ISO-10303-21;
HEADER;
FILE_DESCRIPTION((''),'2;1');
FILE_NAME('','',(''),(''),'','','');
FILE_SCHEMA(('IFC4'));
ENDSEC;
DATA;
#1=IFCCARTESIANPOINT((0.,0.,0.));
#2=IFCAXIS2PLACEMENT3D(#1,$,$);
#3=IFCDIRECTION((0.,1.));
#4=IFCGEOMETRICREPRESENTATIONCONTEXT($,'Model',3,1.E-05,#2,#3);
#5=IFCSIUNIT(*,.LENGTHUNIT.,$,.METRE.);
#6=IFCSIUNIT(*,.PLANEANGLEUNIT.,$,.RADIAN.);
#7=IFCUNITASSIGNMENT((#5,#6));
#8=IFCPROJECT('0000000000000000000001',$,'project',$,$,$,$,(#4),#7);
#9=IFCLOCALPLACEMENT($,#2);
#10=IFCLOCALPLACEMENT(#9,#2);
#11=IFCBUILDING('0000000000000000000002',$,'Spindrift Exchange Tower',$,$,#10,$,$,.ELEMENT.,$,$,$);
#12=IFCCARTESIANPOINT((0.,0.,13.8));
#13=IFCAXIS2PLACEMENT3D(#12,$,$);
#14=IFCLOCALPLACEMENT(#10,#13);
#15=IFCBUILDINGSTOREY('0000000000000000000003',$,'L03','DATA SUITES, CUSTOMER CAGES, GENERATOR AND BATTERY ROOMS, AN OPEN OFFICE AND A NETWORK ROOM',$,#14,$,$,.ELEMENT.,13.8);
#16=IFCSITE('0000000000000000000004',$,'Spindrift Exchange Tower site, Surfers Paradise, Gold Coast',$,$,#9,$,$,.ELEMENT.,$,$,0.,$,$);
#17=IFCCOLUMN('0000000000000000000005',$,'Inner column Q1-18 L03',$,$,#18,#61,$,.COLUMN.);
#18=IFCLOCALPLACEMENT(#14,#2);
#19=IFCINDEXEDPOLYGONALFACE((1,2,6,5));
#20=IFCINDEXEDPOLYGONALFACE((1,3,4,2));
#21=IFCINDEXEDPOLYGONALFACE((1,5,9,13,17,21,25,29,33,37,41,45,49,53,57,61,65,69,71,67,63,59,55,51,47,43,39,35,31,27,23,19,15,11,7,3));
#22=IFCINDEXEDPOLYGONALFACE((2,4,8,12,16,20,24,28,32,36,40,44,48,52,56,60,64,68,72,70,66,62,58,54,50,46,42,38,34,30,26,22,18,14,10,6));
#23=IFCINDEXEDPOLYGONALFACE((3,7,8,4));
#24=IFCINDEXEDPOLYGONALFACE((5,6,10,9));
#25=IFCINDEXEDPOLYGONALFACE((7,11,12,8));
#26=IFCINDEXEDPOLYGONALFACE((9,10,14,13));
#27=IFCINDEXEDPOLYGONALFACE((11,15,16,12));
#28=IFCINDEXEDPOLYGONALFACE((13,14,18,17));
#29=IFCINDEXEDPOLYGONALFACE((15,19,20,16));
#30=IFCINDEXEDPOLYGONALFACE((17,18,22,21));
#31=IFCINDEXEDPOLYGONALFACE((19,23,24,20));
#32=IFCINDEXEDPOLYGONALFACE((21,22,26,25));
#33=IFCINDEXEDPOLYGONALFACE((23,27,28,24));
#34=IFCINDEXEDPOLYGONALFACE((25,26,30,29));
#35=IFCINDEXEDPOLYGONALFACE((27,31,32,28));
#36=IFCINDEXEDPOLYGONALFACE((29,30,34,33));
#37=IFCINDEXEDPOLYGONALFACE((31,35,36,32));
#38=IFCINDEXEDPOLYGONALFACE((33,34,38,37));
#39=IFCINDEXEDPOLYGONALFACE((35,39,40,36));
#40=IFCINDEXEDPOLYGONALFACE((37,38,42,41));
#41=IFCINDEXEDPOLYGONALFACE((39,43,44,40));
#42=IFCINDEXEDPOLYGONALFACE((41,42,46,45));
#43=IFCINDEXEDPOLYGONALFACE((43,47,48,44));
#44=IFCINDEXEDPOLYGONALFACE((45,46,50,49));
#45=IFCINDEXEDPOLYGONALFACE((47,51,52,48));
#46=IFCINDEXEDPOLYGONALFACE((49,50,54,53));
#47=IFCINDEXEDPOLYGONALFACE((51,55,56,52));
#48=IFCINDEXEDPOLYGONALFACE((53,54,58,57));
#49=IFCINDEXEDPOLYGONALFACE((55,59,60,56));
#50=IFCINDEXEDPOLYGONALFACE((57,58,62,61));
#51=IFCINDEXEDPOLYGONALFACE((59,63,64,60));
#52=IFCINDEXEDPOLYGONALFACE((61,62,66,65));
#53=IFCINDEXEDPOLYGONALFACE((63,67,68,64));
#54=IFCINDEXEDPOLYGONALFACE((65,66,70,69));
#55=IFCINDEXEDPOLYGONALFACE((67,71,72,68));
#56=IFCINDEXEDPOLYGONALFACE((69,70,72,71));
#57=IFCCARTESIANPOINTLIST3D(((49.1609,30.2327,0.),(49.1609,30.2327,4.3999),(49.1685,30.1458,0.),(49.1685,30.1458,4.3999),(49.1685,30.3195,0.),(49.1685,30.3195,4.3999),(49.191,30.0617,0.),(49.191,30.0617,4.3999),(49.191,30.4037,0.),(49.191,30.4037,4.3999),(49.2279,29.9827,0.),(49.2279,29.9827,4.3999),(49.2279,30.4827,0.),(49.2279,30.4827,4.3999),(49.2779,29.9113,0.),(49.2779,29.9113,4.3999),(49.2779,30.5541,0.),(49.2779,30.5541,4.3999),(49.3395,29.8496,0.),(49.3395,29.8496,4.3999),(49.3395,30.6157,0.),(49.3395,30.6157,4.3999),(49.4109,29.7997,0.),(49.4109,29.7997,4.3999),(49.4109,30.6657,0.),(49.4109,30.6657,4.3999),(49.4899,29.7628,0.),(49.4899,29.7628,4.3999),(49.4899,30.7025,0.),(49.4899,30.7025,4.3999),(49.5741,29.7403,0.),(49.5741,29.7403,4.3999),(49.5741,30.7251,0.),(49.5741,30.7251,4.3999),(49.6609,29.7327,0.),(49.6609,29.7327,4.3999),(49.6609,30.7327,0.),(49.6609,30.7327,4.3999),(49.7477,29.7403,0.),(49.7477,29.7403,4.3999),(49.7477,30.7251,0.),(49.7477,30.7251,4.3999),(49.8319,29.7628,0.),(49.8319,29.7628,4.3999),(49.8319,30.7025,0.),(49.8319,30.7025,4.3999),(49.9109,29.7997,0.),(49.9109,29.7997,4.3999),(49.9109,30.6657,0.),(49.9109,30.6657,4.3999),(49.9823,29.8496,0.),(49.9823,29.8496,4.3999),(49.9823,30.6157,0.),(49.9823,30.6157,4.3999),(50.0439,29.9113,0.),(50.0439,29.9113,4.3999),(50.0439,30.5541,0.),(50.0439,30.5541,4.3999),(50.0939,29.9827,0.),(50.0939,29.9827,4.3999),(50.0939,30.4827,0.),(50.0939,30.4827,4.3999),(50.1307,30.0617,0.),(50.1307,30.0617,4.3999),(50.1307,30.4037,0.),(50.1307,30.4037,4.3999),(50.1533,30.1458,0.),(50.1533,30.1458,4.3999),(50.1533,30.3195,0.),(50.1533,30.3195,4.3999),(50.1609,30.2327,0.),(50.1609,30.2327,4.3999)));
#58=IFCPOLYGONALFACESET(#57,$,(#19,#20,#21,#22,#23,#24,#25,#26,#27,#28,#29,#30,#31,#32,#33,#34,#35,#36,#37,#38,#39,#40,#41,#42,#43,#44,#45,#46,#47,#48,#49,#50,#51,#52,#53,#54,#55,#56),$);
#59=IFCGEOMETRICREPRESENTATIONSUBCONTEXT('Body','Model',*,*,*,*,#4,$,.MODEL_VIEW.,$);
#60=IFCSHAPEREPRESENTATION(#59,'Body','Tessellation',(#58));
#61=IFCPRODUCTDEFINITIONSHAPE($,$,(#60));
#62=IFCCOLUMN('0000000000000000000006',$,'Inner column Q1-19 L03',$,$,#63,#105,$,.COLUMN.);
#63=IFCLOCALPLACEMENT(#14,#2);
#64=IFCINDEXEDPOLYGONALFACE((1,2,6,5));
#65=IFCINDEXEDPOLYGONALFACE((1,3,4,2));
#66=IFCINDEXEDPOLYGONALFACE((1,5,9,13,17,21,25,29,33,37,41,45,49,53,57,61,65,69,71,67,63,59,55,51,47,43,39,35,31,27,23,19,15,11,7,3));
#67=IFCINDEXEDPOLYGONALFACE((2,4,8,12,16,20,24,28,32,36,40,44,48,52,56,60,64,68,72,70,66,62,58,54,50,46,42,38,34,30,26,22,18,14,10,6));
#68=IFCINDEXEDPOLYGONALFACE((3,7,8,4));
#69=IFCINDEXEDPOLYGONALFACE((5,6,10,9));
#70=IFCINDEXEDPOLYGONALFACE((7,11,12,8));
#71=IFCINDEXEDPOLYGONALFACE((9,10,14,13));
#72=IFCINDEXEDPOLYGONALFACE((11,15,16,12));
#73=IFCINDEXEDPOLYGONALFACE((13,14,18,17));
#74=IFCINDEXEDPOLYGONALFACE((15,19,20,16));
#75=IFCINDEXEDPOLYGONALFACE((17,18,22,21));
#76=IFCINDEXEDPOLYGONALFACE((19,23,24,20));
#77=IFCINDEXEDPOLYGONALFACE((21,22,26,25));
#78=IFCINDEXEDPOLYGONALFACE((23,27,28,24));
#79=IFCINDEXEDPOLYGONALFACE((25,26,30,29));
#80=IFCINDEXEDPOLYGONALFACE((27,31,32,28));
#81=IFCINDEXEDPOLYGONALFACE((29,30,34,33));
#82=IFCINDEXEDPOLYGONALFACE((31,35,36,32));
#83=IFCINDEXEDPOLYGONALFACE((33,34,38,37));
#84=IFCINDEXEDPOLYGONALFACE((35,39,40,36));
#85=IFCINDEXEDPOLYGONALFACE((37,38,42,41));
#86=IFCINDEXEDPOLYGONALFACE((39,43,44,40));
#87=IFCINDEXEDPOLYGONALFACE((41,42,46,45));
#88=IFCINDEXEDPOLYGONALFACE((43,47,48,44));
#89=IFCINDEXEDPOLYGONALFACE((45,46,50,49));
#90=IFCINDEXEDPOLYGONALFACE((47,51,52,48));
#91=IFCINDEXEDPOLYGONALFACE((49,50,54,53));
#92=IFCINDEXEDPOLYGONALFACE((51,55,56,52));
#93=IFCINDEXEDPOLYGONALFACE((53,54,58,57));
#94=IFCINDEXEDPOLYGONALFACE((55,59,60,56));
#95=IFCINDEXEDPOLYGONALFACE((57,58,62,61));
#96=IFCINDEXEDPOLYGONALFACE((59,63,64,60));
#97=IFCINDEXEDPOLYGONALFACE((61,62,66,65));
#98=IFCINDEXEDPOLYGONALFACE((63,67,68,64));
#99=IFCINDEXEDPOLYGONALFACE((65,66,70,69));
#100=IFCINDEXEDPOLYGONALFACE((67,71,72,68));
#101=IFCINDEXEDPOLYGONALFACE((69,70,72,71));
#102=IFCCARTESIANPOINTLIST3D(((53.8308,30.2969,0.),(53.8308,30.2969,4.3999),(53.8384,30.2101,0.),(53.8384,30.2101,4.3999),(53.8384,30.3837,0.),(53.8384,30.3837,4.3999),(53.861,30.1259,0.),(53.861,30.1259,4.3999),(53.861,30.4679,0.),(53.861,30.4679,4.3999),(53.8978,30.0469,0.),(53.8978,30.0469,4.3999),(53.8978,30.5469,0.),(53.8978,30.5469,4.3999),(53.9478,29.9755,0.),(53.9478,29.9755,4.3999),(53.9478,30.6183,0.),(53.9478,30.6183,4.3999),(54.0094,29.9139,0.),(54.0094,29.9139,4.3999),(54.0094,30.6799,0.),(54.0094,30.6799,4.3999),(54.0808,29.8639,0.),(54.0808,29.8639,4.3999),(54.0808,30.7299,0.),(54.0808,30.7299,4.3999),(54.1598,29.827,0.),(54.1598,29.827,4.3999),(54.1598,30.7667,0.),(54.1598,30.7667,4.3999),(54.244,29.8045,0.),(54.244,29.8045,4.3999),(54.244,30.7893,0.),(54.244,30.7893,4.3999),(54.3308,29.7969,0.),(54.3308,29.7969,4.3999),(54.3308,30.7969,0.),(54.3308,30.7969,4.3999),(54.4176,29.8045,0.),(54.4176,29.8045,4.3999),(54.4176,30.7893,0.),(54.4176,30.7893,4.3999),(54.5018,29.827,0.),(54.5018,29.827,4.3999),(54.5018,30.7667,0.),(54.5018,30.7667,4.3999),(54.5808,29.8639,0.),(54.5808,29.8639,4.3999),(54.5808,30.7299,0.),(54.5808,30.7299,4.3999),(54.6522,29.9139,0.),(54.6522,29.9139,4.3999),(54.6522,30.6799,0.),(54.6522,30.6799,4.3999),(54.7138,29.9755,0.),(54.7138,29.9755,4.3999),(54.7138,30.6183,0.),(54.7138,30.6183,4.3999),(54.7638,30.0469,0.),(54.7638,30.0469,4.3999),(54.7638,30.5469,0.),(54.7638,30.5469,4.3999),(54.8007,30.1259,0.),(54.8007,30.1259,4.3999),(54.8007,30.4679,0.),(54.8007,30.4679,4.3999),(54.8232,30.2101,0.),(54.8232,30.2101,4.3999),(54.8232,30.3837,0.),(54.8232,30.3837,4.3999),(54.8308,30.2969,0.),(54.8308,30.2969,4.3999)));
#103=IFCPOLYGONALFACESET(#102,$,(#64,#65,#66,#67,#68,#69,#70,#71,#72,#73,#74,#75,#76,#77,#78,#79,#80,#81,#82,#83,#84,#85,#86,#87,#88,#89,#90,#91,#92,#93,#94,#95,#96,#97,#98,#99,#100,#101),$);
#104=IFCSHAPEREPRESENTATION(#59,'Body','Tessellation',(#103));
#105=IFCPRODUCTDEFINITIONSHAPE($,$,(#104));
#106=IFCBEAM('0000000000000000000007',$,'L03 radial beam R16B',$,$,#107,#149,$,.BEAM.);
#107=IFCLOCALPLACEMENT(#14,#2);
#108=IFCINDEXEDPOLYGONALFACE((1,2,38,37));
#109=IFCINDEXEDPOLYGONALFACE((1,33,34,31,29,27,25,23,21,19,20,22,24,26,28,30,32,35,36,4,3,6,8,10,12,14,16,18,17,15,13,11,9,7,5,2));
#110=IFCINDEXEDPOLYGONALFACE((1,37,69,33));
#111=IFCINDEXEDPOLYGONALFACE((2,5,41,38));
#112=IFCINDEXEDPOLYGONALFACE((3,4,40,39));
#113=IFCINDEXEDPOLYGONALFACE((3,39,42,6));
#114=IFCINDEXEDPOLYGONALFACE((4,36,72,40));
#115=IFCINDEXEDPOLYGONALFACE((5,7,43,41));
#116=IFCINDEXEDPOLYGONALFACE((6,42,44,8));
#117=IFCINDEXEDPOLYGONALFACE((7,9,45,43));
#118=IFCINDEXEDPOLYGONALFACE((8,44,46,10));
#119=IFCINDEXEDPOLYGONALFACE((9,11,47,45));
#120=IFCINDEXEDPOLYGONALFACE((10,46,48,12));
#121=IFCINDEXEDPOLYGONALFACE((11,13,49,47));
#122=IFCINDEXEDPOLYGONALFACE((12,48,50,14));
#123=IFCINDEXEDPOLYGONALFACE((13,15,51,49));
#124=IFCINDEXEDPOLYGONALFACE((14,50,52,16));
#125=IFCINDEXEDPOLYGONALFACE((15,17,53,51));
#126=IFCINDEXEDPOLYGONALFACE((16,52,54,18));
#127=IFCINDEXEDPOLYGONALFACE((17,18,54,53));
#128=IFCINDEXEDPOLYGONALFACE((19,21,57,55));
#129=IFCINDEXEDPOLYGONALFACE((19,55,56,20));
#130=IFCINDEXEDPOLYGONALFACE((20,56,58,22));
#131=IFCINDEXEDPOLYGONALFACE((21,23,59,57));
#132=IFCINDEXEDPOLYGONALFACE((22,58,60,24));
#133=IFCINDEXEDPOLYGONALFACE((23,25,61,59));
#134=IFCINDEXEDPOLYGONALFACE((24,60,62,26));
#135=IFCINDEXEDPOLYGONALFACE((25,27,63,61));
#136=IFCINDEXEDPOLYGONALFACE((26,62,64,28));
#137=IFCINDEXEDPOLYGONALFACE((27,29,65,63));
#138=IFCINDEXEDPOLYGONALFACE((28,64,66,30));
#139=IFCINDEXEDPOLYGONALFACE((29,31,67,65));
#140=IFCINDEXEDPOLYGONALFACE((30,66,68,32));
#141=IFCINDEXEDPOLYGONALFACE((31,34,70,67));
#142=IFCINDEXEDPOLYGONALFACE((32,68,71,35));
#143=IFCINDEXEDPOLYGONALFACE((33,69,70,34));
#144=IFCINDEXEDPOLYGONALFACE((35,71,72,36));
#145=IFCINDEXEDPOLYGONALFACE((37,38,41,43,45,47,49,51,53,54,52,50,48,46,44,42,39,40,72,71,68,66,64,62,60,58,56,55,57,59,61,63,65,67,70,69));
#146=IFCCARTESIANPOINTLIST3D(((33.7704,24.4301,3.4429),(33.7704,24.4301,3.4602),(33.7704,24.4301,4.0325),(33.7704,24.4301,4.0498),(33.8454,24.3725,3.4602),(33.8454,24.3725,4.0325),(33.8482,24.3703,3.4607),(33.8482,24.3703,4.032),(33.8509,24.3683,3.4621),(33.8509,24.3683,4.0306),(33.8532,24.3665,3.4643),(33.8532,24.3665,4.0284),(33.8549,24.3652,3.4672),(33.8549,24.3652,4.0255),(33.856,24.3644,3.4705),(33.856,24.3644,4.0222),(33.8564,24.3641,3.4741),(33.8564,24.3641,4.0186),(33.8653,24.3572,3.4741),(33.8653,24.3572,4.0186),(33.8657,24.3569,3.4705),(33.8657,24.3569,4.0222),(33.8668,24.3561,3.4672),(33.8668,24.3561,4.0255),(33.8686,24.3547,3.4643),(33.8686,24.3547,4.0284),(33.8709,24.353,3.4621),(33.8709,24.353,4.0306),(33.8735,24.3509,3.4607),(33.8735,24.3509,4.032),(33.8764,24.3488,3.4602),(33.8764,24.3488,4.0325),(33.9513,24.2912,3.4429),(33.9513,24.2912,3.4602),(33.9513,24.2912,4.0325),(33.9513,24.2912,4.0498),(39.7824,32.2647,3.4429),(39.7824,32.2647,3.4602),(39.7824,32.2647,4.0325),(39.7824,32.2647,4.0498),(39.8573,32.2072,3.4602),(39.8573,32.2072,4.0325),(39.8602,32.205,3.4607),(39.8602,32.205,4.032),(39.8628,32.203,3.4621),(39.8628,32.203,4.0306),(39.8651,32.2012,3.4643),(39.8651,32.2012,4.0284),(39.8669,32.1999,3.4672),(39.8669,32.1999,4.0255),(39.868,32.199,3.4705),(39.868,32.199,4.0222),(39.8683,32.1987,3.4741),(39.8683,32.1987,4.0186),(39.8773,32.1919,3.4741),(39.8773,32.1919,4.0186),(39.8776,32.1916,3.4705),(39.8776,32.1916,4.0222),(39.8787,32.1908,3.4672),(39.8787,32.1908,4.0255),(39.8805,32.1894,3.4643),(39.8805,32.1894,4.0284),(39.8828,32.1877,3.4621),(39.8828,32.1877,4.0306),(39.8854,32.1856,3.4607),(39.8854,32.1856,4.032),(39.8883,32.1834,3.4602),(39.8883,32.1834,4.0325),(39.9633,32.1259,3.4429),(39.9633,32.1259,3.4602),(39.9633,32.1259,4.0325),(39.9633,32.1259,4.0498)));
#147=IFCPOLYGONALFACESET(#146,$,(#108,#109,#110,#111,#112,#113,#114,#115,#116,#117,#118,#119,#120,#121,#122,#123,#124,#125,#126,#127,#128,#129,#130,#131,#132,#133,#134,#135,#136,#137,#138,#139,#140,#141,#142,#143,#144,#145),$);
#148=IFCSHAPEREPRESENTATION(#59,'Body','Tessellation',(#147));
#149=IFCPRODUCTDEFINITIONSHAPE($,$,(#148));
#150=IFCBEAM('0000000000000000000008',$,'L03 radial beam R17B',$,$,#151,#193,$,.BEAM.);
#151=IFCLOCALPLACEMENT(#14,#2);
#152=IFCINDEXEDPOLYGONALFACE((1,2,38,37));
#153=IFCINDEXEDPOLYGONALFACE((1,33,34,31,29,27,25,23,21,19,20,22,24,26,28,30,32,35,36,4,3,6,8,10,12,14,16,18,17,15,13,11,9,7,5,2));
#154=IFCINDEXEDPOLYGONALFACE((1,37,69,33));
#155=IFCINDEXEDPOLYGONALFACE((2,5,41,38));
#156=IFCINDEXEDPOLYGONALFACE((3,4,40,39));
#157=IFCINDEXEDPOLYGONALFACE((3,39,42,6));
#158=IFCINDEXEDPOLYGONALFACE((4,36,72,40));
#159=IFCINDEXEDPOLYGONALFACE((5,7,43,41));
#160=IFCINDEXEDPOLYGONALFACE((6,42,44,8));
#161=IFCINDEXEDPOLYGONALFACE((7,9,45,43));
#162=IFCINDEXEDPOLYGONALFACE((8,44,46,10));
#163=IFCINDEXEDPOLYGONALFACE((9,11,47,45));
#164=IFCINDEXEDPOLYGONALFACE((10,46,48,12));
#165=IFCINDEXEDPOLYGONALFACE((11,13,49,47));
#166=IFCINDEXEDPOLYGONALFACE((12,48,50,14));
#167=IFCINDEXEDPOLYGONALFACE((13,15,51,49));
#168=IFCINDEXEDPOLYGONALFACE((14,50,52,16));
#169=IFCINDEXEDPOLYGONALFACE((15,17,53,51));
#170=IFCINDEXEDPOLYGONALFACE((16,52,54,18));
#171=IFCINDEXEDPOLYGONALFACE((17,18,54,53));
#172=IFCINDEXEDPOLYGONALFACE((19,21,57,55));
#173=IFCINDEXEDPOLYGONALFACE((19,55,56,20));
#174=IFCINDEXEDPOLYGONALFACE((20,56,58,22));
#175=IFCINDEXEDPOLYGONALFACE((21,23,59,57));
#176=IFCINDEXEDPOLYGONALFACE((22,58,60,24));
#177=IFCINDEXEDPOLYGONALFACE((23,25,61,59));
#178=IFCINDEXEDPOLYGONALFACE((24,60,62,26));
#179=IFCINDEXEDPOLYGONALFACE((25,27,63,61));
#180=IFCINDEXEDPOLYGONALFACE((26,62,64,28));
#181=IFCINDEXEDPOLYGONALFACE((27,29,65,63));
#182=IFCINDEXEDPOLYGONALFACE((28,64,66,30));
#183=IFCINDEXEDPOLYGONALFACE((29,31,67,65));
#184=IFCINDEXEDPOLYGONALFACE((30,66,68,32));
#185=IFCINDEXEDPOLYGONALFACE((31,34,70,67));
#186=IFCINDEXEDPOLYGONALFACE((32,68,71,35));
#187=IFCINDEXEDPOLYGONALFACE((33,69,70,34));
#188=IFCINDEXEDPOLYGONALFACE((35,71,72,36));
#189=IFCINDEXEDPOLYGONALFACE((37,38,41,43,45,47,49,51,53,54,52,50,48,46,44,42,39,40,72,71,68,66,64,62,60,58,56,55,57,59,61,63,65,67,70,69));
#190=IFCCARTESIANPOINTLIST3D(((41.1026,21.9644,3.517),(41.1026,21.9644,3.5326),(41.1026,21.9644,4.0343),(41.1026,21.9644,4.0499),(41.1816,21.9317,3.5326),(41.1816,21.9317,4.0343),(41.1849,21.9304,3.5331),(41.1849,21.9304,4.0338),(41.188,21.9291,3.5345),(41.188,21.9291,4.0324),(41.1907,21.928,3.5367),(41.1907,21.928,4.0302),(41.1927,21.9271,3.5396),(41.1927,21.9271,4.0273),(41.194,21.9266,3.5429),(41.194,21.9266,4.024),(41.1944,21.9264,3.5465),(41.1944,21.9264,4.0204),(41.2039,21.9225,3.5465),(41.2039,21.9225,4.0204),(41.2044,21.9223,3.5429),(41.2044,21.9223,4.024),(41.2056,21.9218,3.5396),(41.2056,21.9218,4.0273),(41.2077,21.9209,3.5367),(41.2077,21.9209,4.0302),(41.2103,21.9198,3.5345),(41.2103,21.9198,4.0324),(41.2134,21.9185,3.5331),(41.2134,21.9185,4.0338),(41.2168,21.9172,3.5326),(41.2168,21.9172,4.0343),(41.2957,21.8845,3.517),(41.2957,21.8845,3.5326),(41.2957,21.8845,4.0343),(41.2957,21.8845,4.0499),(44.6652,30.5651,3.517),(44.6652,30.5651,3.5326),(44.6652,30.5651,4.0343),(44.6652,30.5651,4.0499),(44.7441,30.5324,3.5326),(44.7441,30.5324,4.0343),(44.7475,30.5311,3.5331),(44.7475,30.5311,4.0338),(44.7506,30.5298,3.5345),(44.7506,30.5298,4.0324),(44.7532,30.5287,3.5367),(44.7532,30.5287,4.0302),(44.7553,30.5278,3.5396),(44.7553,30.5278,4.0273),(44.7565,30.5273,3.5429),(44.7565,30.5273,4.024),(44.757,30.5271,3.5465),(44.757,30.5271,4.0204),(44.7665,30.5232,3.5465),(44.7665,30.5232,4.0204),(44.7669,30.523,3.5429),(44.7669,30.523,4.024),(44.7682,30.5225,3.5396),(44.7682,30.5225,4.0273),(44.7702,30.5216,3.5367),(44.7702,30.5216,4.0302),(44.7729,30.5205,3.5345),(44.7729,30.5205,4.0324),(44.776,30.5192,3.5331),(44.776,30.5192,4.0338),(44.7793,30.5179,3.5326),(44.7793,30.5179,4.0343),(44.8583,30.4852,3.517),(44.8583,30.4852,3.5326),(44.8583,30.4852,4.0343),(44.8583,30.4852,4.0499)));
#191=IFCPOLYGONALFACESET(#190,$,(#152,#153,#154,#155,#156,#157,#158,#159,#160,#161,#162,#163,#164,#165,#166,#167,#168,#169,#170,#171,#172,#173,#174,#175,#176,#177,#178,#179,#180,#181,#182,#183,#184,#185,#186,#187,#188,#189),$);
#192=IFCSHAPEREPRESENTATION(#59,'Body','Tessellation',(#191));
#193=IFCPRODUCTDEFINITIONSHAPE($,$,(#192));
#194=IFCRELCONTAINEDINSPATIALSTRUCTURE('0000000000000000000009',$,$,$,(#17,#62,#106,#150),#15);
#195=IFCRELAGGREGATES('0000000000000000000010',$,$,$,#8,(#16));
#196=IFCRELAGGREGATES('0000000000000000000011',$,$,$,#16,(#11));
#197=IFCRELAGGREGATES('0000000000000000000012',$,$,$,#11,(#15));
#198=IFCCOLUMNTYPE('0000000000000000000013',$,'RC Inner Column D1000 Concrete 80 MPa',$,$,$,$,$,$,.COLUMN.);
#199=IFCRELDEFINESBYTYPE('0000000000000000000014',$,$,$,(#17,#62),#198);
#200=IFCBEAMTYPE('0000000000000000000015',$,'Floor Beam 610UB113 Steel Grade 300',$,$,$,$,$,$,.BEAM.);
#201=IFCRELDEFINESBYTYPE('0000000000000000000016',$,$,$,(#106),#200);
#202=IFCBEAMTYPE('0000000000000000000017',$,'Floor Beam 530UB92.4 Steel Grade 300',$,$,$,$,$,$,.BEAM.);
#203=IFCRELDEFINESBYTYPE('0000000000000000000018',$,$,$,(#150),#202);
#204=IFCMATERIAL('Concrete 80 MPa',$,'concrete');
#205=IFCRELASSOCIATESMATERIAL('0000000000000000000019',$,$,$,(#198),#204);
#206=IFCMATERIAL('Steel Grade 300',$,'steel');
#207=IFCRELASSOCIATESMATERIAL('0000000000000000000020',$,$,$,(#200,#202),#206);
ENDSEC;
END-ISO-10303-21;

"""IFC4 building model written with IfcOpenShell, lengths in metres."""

from ifc_helpers import new_model, si_unit, direction, frame, origin, origin_2d, place, context, subcontext, project, spatial, circle, i_section, extrude, source, transform, mapped, material, material_profile, profile_set, type_object, element, save


model = new_model("IFC4")

# Units and contexts
model_context = context("Model", 3, precision=1e-05, world=origin(), true_north=direction((0.0, 1.0)))
body_context = subcontext(model_context, "Body", "Model", "MODEL_VIEW")
ifc_project = project(units=[si_unit("LENGTHUNIT", "METRE"), si_unit("PLANEANGLEUNIT", "RADIAN")], contexts=[model_context])

# Site, building, storey
site_placement = place(None, origin())
site = spatial("IfcSite", under=ifc_project, at=site_placement, Name="Spindrift Exchange Tower site, Surfers Paradise, Gold Coast", CompositionType="ELEMENT", RefElevation=0.0)
building_placement = place(site_placement, origin())
building = spatial("IfcBuilding", under=site, at=building_placement, Name="Spindrift Exchange Tower", CompositionType="ELEMENT")
storey_placement = place(building_placement, frame((0.0, 0.0, 13.8)))
storey = spatial("IfcBuildingStorey", under=building, at=storey_placement, Name="L03", Description="DATA SUITES, CUSTOMER CAGES, GENERATOR AND BATTERY ROOMS, AN OPEN OFFICE AND A NETWORK ROOM", CompositionType="ELEMENT", Elevation=13.8)

# Columns
ifc_material_1 = material(Name="Concrete 80 MPa", Category="concrete")
ifc_material_profile_1 = material_profile(ifc_material_1, circle(Radius=0.5, at=origin_2d()), Name="RC D1000")
ifc_profile_set_1 = profile_set([ifc_material_profile_1], Name="Concrete 80 MPa")
column_type_1 = type_object("IfcColumnType", Name="RC Inner Column D1000 Concrete 80 MPa", PredefinedType="COLUMN", material=ifc_profile_set_1)
shared_shape_1 = source(origin(), body_context, "Body", "SweptSolid", [
    extrude(circle(Radius=0.5, at=origin_2d()), origin(), (0.0, 0.0, 1.0), 4.3999),
])
for number, where, z_axis, x_axis, name in (
    (1, (49.6609, 30.2327, 0.0), (0.0, 0.0, 1.0), (1.0, 0.0, 0.0), "Inner column Q1-18 L03"),
    (2, (54.3308, 30.2969, 0.0), (0.0, 0.0, 1.0), (1.0, 0.0, 0.0), "Inner column Q1-19 L03"),
):
    element("IfcColumn", number, at=place(storey_placement, frame(where, z_axis=z_axis, x_axis=x_axis)), inside=storey, type_object=column_type_1, Name=name, PredefinedType="COLUMN", context=body_context, shape_type="MappedRepresentation", body=[
        mapped(shared_shape_1, transform((0.0, 0.0, 0.0), scale=1.0)),
    ])

# Beams
ifc_material_2 = material(Name="Steel Grade 300", Category="steel")
ifc_material_profile_2 = material_profile(ifc_material_2, i_section(OverallWidth=0.228, OverallDepth=0.6069, WebThickness=0.0112, FlangeThickness=0.0173, FilletRadius=0.0139, at=origin_2d()), Name="610UB113")
ifc_profile_set_2 = profile_set([ifc_material_profile_2], Name="Steel Grade 300")
beam_type_1 = type_object("IfcBeamType", Name="Floor Beam 610UB113 Steel Grade 300", PredefinedType="BEAM", material=ifc_profile_set_2)
shared_shape_2 = source(origin(), body_context, "Body", "SweptSolid", [
    extrude(i_section(OverallWidth=0.228, OverallDepth=0.6069, WebThickness=0.0112, FlangeThickness=0.0173, FilletRadius=0.0139, at=origin_2d()), origin(), (0.0, 0.0, 1.0), 9.8755),
])
beam_1_placement = place(storey_placement, frame((39.8728, 32.1953, 3.7463), z_axis=(-0.608772, -0.793345, 0.0), x_axis=(0.793345, -0.608772, 0.0)))
element("IfcBeam", 3, at=beam_1_placement, inside=storey, type_object=beam_type_1, Name="L03 radial beam R16B", PredefinedType="BEAM", context=body_context, shape_type="MappedRepresentation", body=[
    mapped(shared_shape_2, transform((0.0, 0.0, 0.0), scale=1.0)),
])
ifc_material_profile_3 = material_profile(ifc_material_2, i_section(OverallWidth=0.209, OverallDepth=0.533, WebThickness=0.0103, FlangeThickness=0.0156, FilletRadius=0.0139, at=origin_2d()), Name="530UB92.4")
ifc_profile_set_3 = profile_set([ifc_material_profile_3], Name="Steel Grade 300")
beam_type_2 = type_object("IfcBeamType", Name="Floor Beam 530UB92.4 Steel Grade 300", PredefinedType="BEAM", material=ifc_profile_set_3)
shared_shape_3 = source(origin(), body_context, "Body", "SweptSolid", [
    extrude(i_section(OverallWidth=0.209, OverallDepth=0.533, WebThickness=0.0103, FlangeThickness=0.0156, FilletRadius=0.0139, at=origin_2d()), origin(), (0.0, 0.0, 1.0), 9.3093),
])
beam_2_placement = place(storey_placement, frame((44.7617, 30.5251, 3.7834), z_axis=(-0.382685, -0.923879, 0.0), x_axis=(0.923879, -0.382685, 0.0)))
element("IfcBeam", 4, at=beam_2_placement, inside=storey, type_object=beam_type_2, Name="L03 radial beam R17B", PredefinedType="BEAM", context=body_context, shape_type="MappedRepresentation", body=[
    mapped(shared_shape_3, transform((0.0, 0.0, 0.0), scale=1.0)),
])

save(model, "model.ifc")
